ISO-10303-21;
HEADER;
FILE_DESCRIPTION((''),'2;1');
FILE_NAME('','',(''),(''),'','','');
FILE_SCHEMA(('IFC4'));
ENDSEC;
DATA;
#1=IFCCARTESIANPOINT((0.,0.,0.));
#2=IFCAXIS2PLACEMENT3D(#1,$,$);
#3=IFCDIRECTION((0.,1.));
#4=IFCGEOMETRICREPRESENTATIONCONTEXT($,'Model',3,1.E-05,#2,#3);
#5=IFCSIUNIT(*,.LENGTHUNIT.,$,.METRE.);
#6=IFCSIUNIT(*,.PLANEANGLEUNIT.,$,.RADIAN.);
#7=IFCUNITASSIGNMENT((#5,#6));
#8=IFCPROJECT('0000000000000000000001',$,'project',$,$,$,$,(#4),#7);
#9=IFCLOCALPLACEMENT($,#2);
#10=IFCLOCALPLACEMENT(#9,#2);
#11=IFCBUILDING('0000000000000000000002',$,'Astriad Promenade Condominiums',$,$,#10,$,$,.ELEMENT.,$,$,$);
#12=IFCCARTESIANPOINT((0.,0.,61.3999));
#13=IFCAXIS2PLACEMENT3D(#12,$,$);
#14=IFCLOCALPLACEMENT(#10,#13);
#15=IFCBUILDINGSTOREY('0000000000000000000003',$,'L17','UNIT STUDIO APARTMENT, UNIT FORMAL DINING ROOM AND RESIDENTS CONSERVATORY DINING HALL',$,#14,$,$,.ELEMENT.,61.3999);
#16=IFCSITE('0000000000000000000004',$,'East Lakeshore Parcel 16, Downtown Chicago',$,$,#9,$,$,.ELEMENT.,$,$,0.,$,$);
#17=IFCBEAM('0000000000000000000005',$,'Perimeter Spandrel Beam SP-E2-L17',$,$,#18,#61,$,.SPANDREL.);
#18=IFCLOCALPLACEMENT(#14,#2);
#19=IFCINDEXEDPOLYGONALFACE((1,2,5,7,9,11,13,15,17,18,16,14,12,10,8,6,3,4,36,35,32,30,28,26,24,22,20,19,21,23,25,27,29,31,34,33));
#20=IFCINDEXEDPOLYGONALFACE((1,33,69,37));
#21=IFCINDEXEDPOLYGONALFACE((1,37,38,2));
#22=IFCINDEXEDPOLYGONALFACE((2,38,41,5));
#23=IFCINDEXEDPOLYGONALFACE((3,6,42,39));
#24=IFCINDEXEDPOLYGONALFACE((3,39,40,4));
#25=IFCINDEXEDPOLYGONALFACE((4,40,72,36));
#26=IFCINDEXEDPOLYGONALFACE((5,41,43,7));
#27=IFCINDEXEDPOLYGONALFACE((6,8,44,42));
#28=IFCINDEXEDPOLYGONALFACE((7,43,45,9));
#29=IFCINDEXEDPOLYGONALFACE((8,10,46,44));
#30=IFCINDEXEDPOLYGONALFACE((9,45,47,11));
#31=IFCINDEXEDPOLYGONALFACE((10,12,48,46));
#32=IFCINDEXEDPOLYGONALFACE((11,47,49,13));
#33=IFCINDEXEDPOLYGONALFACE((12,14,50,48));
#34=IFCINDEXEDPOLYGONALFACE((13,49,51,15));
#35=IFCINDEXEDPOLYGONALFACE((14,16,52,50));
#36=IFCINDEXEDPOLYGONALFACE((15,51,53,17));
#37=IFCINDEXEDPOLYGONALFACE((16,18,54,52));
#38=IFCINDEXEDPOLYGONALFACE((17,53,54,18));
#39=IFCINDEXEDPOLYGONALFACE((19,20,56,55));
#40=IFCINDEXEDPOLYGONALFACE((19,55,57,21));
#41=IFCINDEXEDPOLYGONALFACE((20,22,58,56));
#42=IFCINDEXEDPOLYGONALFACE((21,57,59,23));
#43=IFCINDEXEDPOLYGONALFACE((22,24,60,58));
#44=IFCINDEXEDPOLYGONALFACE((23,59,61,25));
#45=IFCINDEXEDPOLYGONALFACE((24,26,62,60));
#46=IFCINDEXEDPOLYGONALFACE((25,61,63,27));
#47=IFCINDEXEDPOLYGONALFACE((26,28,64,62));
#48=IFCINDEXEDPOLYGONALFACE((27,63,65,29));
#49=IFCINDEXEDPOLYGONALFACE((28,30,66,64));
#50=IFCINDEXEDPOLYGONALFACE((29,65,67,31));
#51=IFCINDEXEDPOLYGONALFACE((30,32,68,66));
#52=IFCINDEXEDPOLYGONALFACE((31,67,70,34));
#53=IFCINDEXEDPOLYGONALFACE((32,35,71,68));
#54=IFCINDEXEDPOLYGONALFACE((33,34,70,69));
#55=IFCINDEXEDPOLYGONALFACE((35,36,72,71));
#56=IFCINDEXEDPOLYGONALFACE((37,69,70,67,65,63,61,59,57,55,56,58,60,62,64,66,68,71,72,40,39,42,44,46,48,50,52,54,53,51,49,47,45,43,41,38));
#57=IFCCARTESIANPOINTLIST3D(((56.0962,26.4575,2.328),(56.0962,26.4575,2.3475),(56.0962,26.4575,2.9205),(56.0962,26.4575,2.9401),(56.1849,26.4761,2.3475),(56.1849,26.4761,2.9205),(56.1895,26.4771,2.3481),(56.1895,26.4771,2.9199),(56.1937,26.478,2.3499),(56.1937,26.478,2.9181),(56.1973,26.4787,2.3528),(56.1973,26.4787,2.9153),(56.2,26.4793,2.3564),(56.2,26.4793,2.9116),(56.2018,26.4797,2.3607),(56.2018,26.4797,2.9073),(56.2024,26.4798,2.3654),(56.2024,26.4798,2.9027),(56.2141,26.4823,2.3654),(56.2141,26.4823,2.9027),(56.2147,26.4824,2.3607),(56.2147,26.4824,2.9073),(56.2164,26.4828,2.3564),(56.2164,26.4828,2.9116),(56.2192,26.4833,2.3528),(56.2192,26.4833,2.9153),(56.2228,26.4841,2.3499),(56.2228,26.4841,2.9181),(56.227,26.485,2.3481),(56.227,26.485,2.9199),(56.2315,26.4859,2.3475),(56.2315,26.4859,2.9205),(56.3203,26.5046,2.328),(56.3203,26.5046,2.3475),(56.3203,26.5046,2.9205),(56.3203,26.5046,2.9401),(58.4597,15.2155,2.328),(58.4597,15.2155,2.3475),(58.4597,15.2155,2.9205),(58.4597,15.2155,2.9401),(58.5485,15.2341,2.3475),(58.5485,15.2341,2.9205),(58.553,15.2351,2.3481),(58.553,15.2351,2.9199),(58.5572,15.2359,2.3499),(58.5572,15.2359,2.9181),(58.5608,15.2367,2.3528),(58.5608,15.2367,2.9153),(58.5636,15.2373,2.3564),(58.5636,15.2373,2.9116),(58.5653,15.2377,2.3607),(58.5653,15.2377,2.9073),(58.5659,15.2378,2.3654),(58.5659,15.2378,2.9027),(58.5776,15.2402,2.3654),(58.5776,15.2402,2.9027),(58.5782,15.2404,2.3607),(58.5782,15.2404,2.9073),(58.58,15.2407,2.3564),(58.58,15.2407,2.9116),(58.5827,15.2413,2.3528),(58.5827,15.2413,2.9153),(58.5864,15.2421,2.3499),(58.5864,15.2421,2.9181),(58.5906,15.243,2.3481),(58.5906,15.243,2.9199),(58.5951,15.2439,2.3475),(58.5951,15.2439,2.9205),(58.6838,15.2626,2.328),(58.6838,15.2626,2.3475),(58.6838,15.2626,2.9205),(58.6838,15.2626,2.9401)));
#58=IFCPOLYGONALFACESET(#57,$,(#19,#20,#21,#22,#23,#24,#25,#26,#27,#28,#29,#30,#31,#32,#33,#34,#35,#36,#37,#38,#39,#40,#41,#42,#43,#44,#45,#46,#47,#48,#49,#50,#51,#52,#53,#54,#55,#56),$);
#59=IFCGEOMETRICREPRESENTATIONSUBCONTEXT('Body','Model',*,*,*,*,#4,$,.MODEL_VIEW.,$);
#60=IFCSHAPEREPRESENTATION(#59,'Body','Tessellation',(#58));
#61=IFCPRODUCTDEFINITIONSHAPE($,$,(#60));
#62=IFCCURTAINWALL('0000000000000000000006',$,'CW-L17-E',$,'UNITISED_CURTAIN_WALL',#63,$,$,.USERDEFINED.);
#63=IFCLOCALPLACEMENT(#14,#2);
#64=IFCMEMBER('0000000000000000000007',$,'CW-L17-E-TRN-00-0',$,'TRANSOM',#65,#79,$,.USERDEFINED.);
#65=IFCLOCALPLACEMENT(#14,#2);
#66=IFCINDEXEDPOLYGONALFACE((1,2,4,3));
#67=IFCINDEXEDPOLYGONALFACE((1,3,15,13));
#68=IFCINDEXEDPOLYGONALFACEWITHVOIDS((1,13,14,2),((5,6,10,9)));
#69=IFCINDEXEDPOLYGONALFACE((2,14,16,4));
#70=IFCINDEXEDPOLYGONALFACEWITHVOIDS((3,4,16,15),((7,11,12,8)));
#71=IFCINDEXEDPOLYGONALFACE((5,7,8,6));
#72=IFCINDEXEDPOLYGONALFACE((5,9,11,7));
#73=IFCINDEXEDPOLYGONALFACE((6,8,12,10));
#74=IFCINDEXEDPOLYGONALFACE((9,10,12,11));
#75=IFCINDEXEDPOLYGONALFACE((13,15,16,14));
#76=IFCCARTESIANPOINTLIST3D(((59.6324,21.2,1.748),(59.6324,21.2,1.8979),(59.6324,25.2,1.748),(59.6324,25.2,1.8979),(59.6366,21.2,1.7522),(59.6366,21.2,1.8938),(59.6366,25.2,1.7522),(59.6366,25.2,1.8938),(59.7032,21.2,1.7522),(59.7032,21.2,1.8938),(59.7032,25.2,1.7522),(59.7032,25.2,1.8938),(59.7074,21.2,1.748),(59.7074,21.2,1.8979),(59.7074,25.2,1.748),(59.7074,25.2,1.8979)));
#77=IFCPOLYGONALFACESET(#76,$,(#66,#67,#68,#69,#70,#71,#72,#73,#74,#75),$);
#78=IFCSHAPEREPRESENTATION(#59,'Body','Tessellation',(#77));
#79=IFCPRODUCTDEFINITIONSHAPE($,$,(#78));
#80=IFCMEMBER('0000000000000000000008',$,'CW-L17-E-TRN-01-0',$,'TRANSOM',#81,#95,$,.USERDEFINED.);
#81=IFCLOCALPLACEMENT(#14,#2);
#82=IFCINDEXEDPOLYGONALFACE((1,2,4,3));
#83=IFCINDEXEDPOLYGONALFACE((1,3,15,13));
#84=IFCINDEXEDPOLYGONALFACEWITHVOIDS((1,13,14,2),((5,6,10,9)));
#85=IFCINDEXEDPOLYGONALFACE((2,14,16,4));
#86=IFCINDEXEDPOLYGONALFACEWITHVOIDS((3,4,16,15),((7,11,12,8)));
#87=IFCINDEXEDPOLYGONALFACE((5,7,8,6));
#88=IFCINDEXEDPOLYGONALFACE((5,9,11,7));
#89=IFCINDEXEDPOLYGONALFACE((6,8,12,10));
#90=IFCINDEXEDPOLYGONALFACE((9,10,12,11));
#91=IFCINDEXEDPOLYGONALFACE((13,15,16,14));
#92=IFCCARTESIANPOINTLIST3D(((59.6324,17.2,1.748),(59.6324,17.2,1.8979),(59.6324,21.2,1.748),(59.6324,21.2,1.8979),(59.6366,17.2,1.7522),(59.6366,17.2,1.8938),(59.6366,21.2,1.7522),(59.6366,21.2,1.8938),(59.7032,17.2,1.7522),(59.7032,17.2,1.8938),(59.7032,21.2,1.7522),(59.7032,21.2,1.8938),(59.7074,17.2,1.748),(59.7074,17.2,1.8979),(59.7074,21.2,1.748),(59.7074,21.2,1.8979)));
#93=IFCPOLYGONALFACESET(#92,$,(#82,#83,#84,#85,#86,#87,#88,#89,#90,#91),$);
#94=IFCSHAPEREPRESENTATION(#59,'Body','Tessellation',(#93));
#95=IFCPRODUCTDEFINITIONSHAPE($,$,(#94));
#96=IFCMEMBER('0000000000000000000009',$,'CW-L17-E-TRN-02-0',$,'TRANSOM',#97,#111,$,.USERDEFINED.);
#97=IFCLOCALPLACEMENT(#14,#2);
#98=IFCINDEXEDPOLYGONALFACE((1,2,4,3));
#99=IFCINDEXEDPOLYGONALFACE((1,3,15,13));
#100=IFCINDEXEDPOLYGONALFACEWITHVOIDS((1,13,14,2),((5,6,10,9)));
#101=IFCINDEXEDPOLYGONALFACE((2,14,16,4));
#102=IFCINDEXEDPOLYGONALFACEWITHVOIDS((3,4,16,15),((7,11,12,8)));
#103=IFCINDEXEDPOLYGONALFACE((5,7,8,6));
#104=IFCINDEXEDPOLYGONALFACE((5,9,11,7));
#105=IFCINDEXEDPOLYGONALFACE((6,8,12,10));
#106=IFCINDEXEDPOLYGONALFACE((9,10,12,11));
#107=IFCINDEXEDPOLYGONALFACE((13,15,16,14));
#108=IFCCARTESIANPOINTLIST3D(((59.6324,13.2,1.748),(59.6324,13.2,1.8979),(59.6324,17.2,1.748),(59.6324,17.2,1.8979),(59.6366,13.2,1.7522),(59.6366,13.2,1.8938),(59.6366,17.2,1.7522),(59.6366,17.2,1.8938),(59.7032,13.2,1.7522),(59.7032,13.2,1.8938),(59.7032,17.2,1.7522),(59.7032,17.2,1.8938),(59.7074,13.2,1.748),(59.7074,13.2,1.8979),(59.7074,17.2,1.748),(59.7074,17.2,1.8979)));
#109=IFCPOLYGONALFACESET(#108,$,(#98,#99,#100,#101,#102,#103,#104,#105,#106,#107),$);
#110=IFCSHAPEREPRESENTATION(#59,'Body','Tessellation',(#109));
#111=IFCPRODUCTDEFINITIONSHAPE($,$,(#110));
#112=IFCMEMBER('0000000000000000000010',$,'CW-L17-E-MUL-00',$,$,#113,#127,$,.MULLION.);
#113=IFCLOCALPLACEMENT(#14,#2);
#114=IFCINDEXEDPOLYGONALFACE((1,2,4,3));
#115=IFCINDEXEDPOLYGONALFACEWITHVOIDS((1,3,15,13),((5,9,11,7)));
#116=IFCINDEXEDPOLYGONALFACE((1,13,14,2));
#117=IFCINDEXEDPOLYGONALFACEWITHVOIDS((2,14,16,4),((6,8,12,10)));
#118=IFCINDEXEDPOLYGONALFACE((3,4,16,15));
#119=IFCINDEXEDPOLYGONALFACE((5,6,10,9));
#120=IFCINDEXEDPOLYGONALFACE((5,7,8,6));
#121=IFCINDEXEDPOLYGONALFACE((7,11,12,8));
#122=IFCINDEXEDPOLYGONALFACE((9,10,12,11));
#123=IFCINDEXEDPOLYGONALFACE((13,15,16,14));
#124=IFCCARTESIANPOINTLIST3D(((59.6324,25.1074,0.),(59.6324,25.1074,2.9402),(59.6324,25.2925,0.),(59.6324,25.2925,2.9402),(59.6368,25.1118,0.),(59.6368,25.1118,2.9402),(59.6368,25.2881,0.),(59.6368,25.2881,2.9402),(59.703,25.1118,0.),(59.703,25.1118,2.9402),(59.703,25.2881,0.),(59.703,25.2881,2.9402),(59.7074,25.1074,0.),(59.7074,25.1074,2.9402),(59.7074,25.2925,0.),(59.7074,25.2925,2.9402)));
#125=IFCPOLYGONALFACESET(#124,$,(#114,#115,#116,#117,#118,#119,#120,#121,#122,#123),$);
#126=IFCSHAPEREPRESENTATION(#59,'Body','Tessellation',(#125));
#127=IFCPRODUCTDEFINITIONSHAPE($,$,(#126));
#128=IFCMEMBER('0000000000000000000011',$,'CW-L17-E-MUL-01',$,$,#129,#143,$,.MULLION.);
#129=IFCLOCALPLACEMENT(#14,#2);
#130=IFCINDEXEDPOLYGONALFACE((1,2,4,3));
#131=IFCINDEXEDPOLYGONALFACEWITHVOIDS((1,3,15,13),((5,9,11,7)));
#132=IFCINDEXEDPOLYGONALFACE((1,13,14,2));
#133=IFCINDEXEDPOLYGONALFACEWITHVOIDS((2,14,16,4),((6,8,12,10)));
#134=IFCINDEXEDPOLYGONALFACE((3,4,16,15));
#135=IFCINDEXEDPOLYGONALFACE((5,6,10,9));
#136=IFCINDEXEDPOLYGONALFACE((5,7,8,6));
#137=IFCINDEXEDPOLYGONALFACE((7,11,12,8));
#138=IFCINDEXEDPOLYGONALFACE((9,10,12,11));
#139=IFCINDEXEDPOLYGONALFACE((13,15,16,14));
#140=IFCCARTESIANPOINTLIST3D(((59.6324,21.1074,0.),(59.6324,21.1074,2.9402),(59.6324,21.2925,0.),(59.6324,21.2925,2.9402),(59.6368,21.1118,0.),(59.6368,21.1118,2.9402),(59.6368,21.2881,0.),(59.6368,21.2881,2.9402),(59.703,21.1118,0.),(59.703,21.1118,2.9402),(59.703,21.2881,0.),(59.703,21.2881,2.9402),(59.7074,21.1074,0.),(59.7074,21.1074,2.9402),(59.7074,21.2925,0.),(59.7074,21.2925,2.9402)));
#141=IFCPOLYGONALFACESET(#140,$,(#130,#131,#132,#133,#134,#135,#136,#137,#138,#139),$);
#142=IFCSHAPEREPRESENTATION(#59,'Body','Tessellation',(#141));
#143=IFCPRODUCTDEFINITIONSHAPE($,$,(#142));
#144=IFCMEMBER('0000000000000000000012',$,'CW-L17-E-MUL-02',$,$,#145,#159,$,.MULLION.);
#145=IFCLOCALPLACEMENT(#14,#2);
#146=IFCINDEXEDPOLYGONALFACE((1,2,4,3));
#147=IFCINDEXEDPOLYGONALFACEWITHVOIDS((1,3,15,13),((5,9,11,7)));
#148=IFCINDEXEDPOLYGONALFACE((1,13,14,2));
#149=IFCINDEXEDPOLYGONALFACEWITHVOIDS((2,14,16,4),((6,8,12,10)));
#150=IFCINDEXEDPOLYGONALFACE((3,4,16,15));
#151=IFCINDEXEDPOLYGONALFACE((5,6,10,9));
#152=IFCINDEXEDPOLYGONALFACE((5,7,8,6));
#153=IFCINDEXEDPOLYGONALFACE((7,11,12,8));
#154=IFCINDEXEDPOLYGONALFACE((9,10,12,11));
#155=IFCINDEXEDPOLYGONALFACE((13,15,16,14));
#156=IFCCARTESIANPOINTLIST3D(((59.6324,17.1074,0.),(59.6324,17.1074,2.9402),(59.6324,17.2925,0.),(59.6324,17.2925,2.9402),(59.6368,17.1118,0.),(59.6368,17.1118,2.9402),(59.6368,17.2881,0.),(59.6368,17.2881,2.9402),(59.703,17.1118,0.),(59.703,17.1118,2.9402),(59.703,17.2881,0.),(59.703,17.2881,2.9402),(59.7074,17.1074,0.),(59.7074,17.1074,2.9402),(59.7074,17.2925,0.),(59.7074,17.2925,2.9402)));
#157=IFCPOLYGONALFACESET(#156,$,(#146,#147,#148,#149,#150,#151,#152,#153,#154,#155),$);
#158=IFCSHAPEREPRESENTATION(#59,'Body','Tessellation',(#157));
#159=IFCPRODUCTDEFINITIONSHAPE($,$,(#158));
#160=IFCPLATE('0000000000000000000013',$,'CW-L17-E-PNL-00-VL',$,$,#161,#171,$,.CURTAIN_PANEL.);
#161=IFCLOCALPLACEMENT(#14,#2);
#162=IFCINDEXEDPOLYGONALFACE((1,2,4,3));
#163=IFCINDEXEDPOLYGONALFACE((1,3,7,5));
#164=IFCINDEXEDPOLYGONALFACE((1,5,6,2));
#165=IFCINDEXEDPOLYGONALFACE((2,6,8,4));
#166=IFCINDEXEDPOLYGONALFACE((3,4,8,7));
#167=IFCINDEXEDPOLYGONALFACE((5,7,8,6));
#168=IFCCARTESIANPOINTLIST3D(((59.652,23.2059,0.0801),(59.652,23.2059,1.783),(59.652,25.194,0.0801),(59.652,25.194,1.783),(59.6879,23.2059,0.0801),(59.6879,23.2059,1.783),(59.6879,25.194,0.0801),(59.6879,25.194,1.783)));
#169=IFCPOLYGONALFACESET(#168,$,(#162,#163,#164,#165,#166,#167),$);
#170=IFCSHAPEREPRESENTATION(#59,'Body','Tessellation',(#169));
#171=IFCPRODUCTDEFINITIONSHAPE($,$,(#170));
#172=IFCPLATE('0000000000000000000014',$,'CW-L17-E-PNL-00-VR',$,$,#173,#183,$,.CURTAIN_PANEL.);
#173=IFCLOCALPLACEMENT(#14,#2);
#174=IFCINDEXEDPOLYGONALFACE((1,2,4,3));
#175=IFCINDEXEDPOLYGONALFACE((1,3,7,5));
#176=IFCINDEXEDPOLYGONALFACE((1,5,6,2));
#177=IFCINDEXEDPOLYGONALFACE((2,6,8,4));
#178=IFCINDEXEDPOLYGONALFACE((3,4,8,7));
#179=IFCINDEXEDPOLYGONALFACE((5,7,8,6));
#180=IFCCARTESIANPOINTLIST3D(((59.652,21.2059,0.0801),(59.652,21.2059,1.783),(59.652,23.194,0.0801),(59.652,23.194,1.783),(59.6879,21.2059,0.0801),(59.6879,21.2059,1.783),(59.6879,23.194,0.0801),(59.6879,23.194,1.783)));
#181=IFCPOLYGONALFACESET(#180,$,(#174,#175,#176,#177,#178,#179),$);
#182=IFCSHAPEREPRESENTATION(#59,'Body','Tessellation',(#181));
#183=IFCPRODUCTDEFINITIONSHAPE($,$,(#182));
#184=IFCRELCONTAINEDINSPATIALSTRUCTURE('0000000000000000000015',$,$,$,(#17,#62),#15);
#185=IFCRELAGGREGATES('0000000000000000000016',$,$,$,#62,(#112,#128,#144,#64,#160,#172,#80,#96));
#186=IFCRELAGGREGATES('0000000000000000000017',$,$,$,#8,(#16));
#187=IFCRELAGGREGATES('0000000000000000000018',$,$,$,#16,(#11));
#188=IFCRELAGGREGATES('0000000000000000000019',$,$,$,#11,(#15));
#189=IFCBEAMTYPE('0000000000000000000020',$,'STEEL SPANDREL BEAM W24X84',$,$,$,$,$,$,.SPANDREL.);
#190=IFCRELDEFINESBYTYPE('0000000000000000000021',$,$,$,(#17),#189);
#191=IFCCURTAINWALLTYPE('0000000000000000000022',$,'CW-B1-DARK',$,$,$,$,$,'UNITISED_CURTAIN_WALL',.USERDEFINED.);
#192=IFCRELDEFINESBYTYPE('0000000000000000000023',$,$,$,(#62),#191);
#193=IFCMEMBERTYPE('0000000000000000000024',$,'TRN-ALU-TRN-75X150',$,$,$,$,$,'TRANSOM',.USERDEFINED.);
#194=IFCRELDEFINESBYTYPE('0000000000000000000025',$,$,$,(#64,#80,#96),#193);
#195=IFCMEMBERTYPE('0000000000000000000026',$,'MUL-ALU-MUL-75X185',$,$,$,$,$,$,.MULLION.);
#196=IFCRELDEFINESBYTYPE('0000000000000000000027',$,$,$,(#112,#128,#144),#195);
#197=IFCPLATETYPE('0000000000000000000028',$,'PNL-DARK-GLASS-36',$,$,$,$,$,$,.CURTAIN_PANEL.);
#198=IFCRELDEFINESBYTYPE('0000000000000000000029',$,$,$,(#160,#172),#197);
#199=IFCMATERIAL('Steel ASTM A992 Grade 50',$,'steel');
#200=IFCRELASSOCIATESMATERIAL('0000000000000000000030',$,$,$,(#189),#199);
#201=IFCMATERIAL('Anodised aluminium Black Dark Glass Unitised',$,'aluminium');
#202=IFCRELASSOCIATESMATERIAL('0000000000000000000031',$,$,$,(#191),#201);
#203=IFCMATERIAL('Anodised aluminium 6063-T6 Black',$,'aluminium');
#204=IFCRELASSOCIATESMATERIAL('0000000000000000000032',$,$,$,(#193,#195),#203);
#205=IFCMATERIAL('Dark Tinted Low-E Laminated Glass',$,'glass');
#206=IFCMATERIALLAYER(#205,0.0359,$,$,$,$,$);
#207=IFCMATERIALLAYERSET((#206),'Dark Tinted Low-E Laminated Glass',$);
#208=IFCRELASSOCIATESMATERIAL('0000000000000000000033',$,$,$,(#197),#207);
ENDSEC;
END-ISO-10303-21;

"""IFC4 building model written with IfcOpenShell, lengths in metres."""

from ifc_helpers import new_model, si_unit, direction, frame, origin, origin_2d, place, context, subcontext, project, spatial, rectangle, hollow_rectangle, i_section, extrude, source, transform, mapped, material, layer, layer_set, material_profile, profile_set, type_object, type_shapes, element, aggregate, save


model = new_model("IFC4")

# Units and contexts
model_context = context("Model", 3, precision=1e-05, world=origin(), true_north=direction((0.0, 1.0)))
body_context = subcontext(model_context, "Body", "Model", "MODEL_VIEW")
ifc_project = project(units=[si_unit("LENGTHUNIT", "METRE"), si_unit("PLANEANGLEUNIT", "RADIAN")], contexts=[model_context])

# Site, building, storey
site_placement = place(None, origin())
site = spatial("IfcSite", under=ifc_project, at=site_placement, Name="East Lakeshore Parcel 16, Downtown Chicago", CompositionType="ELEMENT", RefElevation=0.0)
building_placement = place(site_placement, origin())
building = spatial("IfcBuilding", under=site, at=building_placement, Name="Astriad Promenade Condominiums", CompositionType="ELEMENT")
storey_placement = place(building_placement, frame((0.0, 0.0, 61.3999)))
storey = spatial("IfcBuildingStorey", under=building, at=storey_placement, Name="L17", Description="UNIT STUDIO APARTMENT, UNIT FORMAL DINING ROOM AND RESIDENTS CONSERVATORY DINING HALL", CompositionType="ELEMENT", Elevation=61.3999)

# Beam
ifc_material_1 = material(Name="Steel ASTM A992 Grade 50", Category="steel")
ifc_material_profile_1 = material_profile(ifc_material_1, i_section(OverallWidth=0.229, OverallDepth=0.6121, WebThickness=0.012, FlangeThickness=0.0195, FilletRadius=0.0178, at=origin_2d()), Name="W24X84")
ifc_profile_set_1 = profile_set([ifc_material_profile_1], Name="Steel ASTM A992 Grade 50")
beam_type = type_object("IfcBeamType", Name="STEEL SPANDREL BEAM W24X84", PredefinedType="SPANDREL", material=ifc_profile_set_1)
shared_shape_1 = source(origin(), body_context, "Body", "SweptSolid", [
    extrude(i_section(OverallWidth=0.229, OverallDepth=0.6121, WebThickness=0.012, FlangeThickness=0.0195, FilletRadius=0.0178, at=origin_2d()), origin(), (0.0, 0.0, 1.0), 11.4878),
])
type_shapes(beam_type, [shared_shape_1])
beam_placement = place(storey_placement, frame((58.5718, 15.239, 2.634), z_axis=(-0.205744, 0.978606, 0.0), x_axis=(-0.978606, -0.205744, 0.0)))
element("IfcBeam", 1, at=beam_placement, inside=storey, type_object=beam_type, Name="Perimeter Spandrel Beam SP-E2-L17", PredefinedType="SPANDREL", context=body_context, shape_type="MappedRepresentation", body=[
    mapped(shared_shape_1, transform((0.0, 0.0, 0.0), scale=1.0)),
])

# Curtain wall, members, plates
ifc_material_2 = material(Name="Anodised aluminium Black Dark Glass Unitised", Category="aluminium")
curtain_wall_type = type_object("IfcCurtainWallType", Name="CW-B1-DARK", ElementType="UNITISED_CURTAIN_WALL", PredefinedType="USERDEFINED", material=ifc_material_2)
curtain_wall_placement = place(storey_placement, origin())
curtain_wall = element("IfcCurtainWall", 2, at=curtain_wall_placement, inside=storey, type_object=curtain_wall_type, Name="CW-L17-E", ObjectType="UNITISED_CURTAIN_WALL", PredefinedType="USERDEFINED")
ifc_material_3 = material(Name="Anodised aluminium 6063-T6 Black", Category="aluminium")
ifc_material_profile_2 = material_profile(ifc_material_3, hollow_rectangle(XDim=0.075, YDim=0.1499, WallThickness=0.0042, at=origin_2d()), Name="ALU-TRN-75X150")
ifc_profile_set_2 = profile_set([ifc_material_profile_2], Name="Anodised aluminium 6063-T6 Black")
member_type_1 = type_object("IfcMemberType", Name="TRN-ALU-TRN-75X150", ElementType="TRANSOM", PredefinedType="USERDEFINED", material=ifc_profile_set_2)
shared_shape_2 = source(origin(), body_context, "Body", "SweptSolid", [
    extrude(hollow_rectangle(XDim=0.075, YDim=0.1499, WallThickness=0.0042, at=origin_2d()), origin(), (0.0, 0.0, 1.0), 4.0),
])
type_shapes(member_type_1, [shared_shape_2])
member_1_placement = place(storey_placement, frame((59.6699, 25.2, 1.823), z_axis=(0.0, -1.0, 0.0), x_axis=(1.0, 0.0, 0.0)))
member_1 = element("IfcMember", 3, at=member_1_placement, type_object=member_type_1, Name="CW-L17-E-TRN-00-0", ObjectType="TRANSOM", PredefinedType="USERDEFINED", context=body_context, shape_type="MappedRepresentation", body=[
    mapped(shared_shape_2, transform((0.0, 0.0, 0.0), scale=1.0)),
])
member_2_placement = place(storey_placement, frame((59.6699, 21.2, 1.823), z_axis=(0.0, -1.0, 0.0), x_axis=(1.0, 0.0, 0.0)))
member_2 = element("IfcMember", 4, at=member_2_placement, type_object=member_type_1, Name="CW-L17-E-TRN-01-0", ObjectType="TRANSOM", PredefinedType="USERDEFINED", context=body_context, shape_type="MappedRepresentation", body=[
    mapped(shared_shape_2, transform((0.0, 0.0, 0.0), scale=1.0)),
])
member_3_placement = place(storey_placement, frame((59.6699, 17.2, 1.823), z_axis=(0.0, -1.0, 0.0), x_axis=(1.0, 0.0, 0.0)))
member_3 = element("IfcMember", 5, at=member_3_placement, type_object=member_type_1, Name="CW-L17-E-TRN-02-0", ObjectType="TRANSOM", PredefinedType="USERDEFINED", context=body_context, shape_type="MappedRepresentation", body=[
    mapped(shared_shape_2, transform((0.0, 0.0, 0.0), scale=1.0)),
])
ifc_material_profile_3 = material_profile(ifc_material_3, hollow_rectangle(XDim=0.075, YDim=0.1851, WallThickness=0.0044, at=origin_2d()), Name="ALU-MUL-75X185")
ifc_profile_set_3 = profile_set([ifc_material_profile_3], Name="Anodised aluminium 6063-T6 Black")
member_type_2 = type_object("IfcMemberType", Name="MUL-ALU-MUL-75X185", PredefinedType="MULLION", material=ifc_profile_set_3)
shared_shape_3 = source(origin(), body_context, "Body", "SweptSolid", [
    extrude(hollow_rectangle(XDim=0.075, YDim=0.1851, WallThickness=0.0044, at=origin_2d()), origin(), (0.0, 0.0, 1.0), 2.9402),
])
type_shapes(member_type_2, [shared_shape_3])
member_4_placement = place(storey_placement, frame((59.6699, 25.2, 0.0), z_axis=(0.0, 0.0, 1.0), x_axis=(1.0, 0.0, 0.0)))
member_4 = element("IfcMember", 6, at=member_4_placement, type_object=member_type_2, Name="CW-L17-E-MUL-00", PredefinedType="MULLION", context=body_context, shape_type="MappedRepresentation", body=[
    mapped(shared_shape_3, transform((0.0, 0.0, 0.0), scale=1.0)),
])
member_5_placement = place(storey_placement, frame((59.6699, 21.2, 0.0), z_axis=(0.0, 0.0, 1.0), x_axis=(1.0, 0.0, 0.0)))
member_5 = element("IfcMember", 7, at=member_5_placement, type_object=member_type_2, Name="CW-L17-E-MUL-01", PredefinedType="MULLION", context=body_context, shape_type="MappedRepresentation", body=[
    mapped(shared_shape_3, transform((0.0, 0.0, 0.0), scale=1.0)),
])
member_6_placement = place(storey_placement, frame((59.6699, 17.2, 0.0), z_axis=(0.0, 0.0, 1.0), x_axis=(1.0, 0.0, 0.0)))
member_6 = element("IfcMember", 8, at=member_6_placement, type_object=member_type_2, Name="CW-L17-E-MUL-02", PredefinedType="MULLION", context=body_context, shape_type="MappedRepresentation", body=[
    mapped(shared_shape_3, transform((0.0, 0.0, 0.0), scale=1.0)),
])
ifc_material_4 = material(Name="Dark Tinted Low-E Laminated Glass", Category="glass")
ifc_layer_1 = layer(ifc_material_4, 0.0359)
ifc_layer_set_1 = layer_set([ifc_layer_1], Name="Dark Tinted Low-E Laminated Glass")
plate_type = type_object("IfcPlateType", Name="PNL-DARK-GLASS-36", PredefinedType="CURTAIN_PANEL", material=ifc_layer_set_1)
shared_shape_4 = source(origin(), body_context, "Body", "SweptSolid", [
    extrude(rectangle(XDim=1.988, YDim=0.0359, at=origin_2d()), origin(), (0.0, 0.0, 1.0), 1.7029),
])
plate_1_placement = place(storey_placement, frame((59.6699, 24.2, 0.0801), z_axis=(0.0, 0.0, 1.0), x_axis=(0.0, -1.0, 0.0)))
plate_1 = element("IfcPlate", 9, at=plate_1_placement, type_object=plate_type, Name="CW-L17-E-PNL-00-VL", PredefinedType="CURTAIN_PANEL", context=body_context, shape_type="MappedRepresentation", body=[
    mapped(shared_shape_4, transform((0.0, 0.0, 0.0), scale=1.0)),
])
plate_2_placement = place(storey_placement, frame((59.6699, 22.2, 0.0801), z_axis=(0.0, 0.0, 1.0), x_axis=(0.0, -1.0, 0.0)))
plate_2 = element("IfcPlate", 10, at=plate_2_placement, type_object=plate_type, Name="CW-L17-E-PNL-00-VR", PredefinedType="CURTAIN_PANEL", context=body_context, shape_type="MappedRepresentation", body=[
    mapped(shared_shape_4, transform((0.0, 0.0, 0.0), scale=1.0)),
])
aggregate(curtain_wall, [member_4, member_5, member_6, member_1, plate_1, plate_2, member_2, member_3])

save(model, "model.ifc")
